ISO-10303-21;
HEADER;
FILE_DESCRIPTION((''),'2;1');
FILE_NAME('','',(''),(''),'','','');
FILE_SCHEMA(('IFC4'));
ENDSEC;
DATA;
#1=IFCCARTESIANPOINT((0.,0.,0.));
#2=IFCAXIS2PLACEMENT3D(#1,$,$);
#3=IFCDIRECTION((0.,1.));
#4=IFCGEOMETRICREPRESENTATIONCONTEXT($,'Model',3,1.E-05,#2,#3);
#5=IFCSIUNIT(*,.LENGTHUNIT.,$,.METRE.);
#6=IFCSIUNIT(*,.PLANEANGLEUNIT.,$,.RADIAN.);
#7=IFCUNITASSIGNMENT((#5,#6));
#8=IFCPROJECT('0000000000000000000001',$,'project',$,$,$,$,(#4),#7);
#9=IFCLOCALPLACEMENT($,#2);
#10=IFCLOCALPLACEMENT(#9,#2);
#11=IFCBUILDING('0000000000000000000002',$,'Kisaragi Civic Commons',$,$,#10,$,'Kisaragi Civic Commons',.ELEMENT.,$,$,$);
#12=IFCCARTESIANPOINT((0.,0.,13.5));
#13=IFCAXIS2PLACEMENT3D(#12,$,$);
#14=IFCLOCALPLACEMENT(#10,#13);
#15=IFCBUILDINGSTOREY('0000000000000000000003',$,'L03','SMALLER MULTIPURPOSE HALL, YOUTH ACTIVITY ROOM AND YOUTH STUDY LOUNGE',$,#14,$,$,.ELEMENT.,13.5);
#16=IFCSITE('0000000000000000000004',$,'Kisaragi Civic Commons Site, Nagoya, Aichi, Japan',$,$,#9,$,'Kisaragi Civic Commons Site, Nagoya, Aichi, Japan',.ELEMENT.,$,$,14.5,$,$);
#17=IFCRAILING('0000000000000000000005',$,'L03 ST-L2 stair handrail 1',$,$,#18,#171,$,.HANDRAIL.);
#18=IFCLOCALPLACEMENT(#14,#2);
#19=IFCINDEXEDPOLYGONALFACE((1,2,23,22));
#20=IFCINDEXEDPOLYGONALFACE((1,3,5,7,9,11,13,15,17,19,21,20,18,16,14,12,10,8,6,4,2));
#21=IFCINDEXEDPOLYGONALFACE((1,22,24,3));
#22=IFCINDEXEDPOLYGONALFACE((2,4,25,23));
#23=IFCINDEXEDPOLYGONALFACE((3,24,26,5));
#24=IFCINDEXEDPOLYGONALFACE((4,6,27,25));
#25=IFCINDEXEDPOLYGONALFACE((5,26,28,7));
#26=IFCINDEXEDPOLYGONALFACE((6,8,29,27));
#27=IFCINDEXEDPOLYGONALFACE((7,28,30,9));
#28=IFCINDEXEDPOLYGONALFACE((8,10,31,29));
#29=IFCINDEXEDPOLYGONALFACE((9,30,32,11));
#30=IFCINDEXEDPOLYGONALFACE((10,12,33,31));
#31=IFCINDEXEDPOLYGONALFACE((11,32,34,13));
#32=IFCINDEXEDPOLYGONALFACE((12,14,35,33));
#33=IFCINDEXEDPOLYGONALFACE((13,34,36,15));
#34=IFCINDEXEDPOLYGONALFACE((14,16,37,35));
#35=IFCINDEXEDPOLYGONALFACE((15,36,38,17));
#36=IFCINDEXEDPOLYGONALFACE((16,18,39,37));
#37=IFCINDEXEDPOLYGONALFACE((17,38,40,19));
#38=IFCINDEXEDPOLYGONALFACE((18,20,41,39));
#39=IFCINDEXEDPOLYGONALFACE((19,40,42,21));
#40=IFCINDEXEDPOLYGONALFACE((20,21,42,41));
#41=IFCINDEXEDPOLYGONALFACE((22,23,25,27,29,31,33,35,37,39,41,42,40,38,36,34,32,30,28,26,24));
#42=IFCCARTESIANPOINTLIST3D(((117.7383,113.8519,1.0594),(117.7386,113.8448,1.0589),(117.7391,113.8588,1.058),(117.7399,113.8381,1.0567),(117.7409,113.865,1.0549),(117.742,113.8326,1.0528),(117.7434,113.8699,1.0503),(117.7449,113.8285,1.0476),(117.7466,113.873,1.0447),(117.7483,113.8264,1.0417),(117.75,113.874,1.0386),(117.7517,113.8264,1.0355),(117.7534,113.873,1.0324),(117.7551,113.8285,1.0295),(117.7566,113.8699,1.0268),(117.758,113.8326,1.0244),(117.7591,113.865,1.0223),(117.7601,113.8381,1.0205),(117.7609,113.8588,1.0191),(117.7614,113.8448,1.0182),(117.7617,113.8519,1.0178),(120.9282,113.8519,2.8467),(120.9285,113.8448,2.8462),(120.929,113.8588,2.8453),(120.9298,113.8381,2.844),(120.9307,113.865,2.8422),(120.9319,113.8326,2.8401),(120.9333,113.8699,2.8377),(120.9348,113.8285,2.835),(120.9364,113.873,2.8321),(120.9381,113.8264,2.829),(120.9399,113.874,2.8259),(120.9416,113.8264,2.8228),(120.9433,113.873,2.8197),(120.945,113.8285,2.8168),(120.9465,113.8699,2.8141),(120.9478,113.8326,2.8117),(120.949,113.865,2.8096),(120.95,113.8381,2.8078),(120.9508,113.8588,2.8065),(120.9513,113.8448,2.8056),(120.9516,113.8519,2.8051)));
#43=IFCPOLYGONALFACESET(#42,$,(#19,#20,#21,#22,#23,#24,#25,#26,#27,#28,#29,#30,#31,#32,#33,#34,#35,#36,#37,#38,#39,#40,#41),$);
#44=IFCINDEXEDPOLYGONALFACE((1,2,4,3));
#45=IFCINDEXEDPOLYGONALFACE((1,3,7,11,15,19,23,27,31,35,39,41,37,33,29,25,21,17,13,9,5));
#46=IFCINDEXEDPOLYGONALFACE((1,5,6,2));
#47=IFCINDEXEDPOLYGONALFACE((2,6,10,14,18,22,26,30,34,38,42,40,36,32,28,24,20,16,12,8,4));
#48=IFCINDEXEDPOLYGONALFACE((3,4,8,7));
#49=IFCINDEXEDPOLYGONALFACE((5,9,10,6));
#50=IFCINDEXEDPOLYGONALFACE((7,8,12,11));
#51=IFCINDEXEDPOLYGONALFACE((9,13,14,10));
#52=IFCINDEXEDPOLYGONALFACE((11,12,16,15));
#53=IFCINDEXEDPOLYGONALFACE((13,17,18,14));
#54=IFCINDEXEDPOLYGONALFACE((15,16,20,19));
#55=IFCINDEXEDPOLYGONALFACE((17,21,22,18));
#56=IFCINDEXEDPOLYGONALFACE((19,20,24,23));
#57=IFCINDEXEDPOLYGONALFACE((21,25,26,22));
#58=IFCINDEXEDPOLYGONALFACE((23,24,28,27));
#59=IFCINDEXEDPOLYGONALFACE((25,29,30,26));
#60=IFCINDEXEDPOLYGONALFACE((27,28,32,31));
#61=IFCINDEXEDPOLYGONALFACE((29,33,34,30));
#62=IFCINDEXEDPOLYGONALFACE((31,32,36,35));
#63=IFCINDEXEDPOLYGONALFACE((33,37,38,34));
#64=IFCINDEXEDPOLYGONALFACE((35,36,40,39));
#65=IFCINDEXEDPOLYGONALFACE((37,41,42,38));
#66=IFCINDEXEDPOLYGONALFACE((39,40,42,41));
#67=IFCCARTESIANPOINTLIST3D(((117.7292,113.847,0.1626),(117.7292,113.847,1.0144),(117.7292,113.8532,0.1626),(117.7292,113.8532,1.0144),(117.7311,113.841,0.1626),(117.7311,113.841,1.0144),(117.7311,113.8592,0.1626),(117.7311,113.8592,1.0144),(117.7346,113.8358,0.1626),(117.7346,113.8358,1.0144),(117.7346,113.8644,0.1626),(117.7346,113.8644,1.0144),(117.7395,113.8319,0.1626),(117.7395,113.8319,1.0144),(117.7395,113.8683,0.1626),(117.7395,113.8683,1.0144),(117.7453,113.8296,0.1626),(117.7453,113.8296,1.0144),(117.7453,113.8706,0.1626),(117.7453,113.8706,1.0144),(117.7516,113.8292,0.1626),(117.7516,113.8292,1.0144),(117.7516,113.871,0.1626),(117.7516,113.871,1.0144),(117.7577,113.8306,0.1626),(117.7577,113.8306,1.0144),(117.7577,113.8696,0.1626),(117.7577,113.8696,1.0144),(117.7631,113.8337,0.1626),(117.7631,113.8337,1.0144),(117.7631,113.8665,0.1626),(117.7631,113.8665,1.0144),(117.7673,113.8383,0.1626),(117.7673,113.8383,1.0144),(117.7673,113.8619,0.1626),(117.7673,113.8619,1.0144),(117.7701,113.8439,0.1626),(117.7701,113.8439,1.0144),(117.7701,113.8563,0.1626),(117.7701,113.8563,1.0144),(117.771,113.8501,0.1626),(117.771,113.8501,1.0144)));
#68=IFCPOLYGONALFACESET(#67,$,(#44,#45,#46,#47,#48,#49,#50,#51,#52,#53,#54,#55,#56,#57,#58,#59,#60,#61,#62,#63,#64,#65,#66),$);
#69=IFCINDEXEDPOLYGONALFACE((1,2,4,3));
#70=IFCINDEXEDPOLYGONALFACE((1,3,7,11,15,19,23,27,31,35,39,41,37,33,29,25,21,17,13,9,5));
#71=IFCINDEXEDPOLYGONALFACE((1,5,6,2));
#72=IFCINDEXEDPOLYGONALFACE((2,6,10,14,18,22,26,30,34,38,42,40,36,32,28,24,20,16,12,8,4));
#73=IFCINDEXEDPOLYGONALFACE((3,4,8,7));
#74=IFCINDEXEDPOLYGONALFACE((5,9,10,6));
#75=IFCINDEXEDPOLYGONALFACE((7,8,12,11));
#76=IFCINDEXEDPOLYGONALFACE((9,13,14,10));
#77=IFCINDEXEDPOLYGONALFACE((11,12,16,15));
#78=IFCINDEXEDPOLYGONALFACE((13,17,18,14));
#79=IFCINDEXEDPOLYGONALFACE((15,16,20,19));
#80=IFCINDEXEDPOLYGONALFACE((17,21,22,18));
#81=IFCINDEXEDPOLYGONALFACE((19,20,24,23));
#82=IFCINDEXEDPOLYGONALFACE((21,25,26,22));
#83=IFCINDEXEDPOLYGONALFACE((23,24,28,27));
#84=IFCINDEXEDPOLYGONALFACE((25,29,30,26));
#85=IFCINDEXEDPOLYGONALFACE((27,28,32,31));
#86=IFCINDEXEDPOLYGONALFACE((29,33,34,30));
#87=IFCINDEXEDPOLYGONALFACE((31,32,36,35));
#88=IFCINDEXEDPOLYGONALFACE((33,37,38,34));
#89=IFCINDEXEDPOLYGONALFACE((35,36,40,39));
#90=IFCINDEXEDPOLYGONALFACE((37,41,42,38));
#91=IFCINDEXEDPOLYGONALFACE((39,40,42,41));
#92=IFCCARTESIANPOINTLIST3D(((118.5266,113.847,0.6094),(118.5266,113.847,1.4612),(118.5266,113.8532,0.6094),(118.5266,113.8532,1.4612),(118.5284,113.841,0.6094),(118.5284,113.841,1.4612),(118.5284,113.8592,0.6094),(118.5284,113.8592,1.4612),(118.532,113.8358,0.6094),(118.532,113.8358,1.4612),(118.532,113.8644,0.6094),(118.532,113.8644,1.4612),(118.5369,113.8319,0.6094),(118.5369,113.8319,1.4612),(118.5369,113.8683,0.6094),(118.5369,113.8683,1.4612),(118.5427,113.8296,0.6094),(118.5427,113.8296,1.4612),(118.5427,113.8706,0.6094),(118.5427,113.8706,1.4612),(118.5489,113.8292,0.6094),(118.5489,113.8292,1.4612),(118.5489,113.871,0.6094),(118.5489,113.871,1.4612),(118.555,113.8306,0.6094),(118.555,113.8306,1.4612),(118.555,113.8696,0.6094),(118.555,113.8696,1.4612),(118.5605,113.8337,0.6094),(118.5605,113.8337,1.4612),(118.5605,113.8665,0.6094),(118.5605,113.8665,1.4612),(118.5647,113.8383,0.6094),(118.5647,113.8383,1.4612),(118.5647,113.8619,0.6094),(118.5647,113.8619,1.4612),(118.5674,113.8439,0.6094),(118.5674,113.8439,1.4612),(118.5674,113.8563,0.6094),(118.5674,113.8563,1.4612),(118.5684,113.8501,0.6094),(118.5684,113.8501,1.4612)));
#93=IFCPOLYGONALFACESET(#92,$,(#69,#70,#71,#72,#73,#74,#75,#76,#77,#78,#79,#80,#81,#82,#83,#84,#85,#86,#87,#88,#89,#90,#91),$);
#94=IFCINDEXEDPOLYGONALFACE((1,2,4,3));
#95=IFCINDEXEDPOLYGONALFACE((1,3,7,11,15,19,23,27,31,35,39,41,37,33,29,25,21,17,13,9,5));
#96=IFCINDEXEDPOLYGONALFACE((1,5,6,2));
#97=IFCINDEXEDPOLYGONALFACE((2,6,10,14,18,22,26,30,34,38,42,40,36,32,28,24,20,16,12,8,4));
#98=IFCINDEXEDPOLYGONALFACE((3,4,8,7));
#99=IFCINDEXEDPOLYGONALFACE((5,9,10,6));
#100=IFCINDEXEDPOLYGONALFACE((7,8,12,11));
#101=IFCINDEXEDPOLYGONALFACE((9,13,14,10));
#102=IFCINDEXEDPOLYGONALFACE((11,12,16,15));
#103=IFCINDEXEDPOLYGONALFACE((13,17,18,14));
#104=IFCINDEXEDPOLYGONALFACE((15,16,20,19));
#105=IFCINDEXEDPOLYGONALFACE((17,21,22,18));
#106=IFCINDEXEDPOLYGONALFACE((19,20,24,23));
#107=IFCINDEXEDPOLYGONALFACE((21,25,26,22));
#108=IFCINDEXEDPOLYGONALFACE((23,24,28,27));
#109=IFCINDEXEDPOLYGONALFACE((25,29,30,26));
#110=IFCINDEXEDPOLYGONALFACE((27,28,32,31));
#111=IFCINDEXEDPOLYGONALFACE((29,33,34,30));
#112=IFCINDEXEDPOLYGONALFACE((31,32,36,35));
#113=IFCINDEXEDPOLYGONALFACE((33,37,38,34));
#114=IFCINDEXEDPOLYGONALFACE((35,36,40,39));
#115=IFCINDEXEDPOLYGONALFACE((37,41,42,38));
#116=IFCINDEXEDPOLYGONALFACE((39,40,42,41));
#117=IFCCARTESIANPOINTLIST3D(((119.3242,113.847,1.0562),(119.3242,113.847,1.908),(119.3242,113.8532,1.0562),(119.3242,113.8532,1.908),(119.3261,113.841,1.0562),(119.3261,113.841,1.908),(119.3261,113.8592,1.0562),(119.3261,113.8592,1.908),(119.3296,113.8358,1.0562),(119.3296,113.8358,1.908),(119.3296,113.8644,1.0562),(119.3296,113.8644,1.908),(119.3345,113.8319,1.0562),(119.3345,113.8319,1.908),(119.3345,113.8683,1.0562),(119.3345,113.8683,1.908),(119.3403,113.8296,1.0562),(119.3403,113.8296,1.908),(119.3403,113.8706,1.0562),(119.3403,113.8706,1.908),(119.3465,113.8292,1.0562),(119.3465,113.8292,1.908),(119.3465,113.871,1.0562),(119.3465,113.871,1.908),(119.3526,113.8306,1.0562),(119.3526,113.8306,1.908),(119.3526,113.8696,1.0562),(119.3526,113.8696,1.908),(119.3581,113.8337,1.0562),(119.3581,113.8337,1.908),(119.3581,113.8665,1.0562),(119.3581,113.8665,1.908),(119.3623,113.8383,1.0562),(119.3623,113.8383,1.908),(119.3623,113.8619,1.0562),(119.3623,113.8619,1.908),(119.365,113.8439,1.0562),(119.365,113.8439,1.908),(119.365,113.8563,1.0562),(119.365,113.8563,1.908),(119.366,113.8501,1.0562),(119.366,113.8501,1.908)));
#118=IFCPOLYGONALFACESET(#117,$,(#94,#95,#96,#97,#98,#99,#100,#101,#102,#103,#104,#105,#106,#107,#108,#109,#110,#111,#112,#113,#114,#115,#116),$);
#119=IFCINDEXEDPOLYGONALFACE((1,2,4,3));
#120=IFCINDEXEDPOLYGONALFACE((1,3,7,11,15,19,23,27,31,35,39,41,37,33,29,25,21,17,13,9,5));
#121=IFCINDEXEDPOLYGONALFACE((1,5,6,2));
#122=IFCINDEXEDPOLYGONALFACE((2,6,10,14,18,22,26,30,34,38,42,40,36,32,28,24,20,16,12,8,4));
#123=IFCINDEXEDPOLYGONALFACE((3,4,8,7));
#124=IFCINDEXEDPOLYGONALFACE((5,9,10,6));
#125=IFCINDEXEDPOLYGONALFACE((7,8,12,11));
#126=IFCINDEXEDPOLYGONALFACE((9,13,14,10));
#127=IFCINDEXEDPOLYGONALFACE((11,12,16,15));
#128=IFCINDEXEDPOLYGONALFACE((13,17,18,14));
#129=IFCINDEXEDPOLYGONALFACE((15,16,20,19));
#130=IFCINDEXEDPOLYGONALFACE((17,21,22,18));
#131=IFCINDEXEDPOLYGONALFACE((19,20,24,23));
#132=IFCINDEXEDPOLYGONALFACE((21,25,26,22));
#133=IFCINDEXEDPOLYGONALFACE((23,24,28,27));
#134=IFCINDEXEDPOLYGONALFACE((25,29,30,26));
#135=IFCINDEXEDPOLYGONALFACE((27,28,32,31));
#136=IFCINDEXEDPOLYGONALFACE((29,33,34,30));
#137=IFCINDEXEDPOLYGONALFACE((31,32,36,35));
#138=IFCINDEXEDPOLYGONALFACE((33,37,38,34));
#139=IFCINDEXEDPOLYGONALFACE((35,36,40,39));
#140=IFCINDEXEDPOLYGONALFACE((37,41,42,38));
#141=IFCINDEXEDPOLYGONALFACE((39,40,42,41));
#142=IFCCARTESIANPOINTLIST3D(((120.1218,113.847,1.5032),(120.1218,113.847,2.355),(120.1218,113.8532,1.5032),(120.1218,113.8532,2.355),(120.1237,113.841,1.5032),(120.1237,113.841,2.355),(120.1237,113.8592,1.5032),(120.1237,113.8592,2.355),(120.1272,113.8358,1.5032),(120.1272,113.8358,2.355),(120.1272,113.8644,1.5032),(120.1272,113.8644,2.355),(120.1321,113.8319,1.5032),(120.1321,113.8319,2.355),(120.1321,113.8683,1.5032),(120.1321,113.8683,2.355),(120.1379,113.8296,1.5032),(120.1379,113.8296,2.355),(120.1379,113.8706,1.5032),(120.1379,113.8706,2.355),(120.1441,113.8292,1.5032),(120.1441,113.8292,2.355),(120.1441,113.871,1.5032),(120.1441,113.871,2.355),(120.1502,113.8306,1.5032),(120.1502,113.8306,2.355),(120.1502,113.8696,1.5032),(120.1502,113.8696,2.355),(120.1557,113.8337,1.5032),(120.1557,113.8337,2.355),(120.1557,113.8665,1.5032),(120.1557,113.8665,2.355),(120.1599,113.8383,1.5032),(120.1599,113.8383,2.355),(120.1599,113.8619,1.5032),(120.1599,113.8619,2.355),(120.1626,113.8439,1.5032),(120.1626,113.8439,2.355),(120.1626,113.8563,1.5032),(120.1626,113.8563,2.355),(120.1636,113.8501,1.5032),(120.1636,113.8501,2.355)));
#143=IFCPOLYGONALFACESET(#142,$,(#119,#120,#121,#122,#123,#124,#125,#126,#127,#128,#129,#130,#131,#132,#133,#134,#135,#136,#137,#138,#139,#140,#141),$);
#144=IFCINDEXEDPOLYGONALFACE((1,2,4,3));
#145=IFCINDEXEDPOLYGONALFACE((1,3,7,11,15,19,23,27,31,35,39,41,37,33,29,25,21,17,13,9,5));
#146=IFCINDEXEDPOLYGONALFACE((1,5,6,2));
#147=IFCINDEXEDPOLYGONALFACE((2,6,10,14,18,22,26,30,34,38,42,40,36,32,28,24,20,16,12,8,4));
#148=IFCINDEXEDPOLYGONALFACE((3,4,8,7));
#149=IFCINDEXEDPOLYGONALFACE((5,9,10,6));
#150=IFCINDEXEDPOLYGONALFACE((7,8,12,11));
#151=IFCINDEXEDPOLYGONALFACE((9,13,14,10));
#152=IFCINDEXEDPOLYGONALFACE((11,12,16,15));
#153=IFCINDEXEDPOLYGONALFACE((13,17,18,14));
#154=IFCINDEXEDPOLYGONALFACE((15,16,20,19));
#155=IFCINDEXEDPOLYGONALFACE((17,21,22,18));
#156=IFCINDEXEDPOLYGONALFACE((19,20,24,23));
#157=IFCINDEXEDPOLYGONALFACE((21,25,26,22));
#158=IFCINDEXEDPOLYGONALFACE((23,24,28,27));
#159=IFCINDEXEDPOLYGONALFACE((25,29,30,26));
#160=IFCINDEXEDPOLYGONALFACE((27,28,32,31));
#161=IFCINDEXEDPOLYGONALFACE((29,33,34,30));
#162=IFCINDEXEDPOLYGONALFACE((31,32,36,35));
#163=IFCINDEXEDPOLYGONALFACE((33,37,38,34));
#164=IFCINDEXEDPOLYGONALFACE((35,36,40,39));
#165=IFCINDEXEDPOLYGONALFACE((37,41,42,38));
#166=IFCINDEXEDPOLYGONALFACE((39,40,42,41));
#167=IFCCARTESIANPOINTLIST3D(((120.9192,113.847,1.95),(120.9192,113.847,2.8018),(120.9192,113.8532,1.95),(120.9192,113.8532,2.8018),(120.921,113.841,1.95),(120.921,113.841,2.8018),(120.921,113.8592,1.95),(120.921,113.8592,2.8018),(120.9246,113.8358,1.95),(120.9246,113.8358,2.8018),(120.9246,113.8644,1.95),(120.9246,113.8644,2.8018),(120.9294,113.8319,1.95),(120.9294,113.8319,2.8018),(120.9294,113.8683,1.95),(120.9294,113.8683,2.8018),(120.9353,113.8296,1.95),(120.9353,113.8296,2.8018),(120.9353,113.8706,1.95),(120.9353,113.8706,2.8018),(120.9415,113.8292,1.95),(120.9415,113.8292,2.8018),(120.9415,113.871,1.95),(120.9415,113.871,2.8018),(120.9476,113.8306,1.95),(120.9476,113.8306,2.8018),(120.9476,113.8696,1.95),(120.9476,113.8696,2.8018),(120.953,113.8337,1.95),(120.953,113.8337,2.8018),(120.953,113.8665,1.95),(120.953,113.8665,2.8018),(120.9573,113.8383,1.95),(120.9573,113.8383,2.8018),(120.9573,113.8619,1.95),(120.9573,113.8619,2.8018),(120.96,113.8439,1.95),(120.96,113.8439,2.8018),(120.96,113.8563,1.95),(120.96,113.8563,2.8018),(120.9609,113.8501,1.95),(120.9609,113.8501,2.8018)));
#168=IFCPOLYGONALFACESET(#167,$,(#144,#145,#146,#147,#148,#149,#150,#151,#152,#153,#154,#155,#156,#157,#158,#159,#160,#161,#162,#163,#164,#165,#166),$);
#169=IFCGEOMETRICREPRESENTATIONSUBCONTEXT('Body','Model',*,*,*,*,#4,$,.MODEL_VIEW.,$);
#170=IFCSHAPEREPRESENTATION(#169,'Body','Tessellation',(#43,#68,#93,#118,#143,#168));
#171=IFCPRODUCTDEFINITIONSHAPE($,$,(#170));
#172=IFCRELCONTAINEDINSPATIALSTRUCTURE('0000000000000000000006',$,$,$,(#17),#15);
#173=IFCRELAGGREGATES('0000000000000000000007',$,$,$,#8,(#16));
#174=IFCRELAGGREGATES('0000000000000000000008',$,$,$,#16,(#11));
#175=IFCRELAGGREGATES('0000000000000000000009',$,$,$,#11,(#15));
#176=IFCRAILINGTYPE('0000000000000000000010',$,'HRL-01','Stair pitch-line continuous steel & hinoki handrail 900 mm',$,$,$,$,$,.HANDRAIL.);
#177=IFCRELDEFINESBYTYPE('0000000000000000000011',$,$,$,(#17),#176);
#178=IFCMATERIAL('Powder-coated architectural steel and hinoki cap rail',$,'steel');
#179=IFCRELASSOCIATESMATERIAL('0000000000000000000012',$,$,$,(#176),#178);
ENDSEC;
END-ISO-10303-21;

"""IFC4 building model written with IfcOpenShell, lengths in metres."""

from ifc_helpers import new_model, si_unit, direction, frame, origin, origin_2d, place, context, subcontext, project, spatial, circle, extrude, material, type_object, element, save


model = new_model("IFC4")

# Units and contexts
model_context = context("Model", 3, precision=1e-05, world=origin(), true_north=direction((0.0, 1.0)))
body_context = subcontext(model_context, "Body", "Model", "MODEL_VIEW")
ifc_project = project(units=[si_unit("LENGTHUNIT", "METRE"), si_unit("PLANEANGLEUNIT", "RADIAN")], contexts=[model_context])

# Site, building, storey
site_placement = place(None, origin())
site = spatial("IfcSite", under=ifc_project, at=site_placement, Name="Kisaragi Civic Commons Site, Nagoya, Aichi, Japan", LongName="Kisaragi Civic Commons Site, Nagoya, Aichi, Japan", CompositionType="ELEMENT", RefElevation=14.5)
building_placement = place(site_placement, origin())
building = spatial("IfcBuilding", under=site, at=building_placement, Name="Kisaragi Civic Commons", LongName="Kisaragi Civic Commons", CompositionType="ELEMENT")
storey_placement = place(building_placement, frame((0.0, 0.0, 13.5)))
storey = spatial("IfcBuildingStorey", under=building, at=storey_placement, Name="L03", Description="SMALLER MULTIPURPOSE HALL, YOUTH ACTIVITY ROOM AND YOUTH STUDY LOUNGE", CompositionType="ELEMENT", Elevation=13.5)

# Railing
ifc_material_1 = material(Name="Powder-coated architectural steel and hinoki cap rail", Category="steel")
railing_type_1 = type_object("IfcRailingType", Name="HRL-01", Description="Stair pitch-line continuous steel & hinoki handrail 900 mm", PredefinedType="HANDRAIL", material=ifc_material_1)
railing_1_placement = place(storey_placement, frame((117.75, 113.8501, 0.1626)))
element("IfcRailing", 1, at=railing_1_placement, inside=storey, type_object=railing_type_1, Name="L03 ST-L2 stair handrail 1", PredefinedType="HANDRAIL", context=body_context, shape_type="SweptSolid", body=[
    extrude(circle(Radius=0.0239, at=origin_2d()), frame((0.0, 0.0, 0.876), z_axis=(0.872391, 0.0, 0.488809), x_axis=(0.0, 1.0, 0.0)), (0.0, 0.0, 1.0), 3.6565),
    extrude(circle(Radius=0.021, at=origin_2d()), origin(), (0.0, 0.0, 1.0), 0.8518),
    extrude(circle(Radius=0.021, at=origin_2d()), frame((0.7974, 0.0, 0.4468)), (0.0, 0.0, 1.0), 0.8518),
    extrude(circle(Radius=0.021, at=origin_2d()), frame((1.595, 0.0, 0.8936)), (0.0, 0.0, 1.0), 0.8518),
    extrude(circle(Radius=0.021, at=origin_2d()), frame((2.3926, 0.0, 1.3406)), (0.0, 0.0, 1.0), 0.8518),
    extrude(circle(Radius=0.021, at=origin_2d()), frame((3.1899, 0.0, 1.7874)), (0.0, 0.0, 1.0), 0.8518),
])

save(model, "model.ifc")
